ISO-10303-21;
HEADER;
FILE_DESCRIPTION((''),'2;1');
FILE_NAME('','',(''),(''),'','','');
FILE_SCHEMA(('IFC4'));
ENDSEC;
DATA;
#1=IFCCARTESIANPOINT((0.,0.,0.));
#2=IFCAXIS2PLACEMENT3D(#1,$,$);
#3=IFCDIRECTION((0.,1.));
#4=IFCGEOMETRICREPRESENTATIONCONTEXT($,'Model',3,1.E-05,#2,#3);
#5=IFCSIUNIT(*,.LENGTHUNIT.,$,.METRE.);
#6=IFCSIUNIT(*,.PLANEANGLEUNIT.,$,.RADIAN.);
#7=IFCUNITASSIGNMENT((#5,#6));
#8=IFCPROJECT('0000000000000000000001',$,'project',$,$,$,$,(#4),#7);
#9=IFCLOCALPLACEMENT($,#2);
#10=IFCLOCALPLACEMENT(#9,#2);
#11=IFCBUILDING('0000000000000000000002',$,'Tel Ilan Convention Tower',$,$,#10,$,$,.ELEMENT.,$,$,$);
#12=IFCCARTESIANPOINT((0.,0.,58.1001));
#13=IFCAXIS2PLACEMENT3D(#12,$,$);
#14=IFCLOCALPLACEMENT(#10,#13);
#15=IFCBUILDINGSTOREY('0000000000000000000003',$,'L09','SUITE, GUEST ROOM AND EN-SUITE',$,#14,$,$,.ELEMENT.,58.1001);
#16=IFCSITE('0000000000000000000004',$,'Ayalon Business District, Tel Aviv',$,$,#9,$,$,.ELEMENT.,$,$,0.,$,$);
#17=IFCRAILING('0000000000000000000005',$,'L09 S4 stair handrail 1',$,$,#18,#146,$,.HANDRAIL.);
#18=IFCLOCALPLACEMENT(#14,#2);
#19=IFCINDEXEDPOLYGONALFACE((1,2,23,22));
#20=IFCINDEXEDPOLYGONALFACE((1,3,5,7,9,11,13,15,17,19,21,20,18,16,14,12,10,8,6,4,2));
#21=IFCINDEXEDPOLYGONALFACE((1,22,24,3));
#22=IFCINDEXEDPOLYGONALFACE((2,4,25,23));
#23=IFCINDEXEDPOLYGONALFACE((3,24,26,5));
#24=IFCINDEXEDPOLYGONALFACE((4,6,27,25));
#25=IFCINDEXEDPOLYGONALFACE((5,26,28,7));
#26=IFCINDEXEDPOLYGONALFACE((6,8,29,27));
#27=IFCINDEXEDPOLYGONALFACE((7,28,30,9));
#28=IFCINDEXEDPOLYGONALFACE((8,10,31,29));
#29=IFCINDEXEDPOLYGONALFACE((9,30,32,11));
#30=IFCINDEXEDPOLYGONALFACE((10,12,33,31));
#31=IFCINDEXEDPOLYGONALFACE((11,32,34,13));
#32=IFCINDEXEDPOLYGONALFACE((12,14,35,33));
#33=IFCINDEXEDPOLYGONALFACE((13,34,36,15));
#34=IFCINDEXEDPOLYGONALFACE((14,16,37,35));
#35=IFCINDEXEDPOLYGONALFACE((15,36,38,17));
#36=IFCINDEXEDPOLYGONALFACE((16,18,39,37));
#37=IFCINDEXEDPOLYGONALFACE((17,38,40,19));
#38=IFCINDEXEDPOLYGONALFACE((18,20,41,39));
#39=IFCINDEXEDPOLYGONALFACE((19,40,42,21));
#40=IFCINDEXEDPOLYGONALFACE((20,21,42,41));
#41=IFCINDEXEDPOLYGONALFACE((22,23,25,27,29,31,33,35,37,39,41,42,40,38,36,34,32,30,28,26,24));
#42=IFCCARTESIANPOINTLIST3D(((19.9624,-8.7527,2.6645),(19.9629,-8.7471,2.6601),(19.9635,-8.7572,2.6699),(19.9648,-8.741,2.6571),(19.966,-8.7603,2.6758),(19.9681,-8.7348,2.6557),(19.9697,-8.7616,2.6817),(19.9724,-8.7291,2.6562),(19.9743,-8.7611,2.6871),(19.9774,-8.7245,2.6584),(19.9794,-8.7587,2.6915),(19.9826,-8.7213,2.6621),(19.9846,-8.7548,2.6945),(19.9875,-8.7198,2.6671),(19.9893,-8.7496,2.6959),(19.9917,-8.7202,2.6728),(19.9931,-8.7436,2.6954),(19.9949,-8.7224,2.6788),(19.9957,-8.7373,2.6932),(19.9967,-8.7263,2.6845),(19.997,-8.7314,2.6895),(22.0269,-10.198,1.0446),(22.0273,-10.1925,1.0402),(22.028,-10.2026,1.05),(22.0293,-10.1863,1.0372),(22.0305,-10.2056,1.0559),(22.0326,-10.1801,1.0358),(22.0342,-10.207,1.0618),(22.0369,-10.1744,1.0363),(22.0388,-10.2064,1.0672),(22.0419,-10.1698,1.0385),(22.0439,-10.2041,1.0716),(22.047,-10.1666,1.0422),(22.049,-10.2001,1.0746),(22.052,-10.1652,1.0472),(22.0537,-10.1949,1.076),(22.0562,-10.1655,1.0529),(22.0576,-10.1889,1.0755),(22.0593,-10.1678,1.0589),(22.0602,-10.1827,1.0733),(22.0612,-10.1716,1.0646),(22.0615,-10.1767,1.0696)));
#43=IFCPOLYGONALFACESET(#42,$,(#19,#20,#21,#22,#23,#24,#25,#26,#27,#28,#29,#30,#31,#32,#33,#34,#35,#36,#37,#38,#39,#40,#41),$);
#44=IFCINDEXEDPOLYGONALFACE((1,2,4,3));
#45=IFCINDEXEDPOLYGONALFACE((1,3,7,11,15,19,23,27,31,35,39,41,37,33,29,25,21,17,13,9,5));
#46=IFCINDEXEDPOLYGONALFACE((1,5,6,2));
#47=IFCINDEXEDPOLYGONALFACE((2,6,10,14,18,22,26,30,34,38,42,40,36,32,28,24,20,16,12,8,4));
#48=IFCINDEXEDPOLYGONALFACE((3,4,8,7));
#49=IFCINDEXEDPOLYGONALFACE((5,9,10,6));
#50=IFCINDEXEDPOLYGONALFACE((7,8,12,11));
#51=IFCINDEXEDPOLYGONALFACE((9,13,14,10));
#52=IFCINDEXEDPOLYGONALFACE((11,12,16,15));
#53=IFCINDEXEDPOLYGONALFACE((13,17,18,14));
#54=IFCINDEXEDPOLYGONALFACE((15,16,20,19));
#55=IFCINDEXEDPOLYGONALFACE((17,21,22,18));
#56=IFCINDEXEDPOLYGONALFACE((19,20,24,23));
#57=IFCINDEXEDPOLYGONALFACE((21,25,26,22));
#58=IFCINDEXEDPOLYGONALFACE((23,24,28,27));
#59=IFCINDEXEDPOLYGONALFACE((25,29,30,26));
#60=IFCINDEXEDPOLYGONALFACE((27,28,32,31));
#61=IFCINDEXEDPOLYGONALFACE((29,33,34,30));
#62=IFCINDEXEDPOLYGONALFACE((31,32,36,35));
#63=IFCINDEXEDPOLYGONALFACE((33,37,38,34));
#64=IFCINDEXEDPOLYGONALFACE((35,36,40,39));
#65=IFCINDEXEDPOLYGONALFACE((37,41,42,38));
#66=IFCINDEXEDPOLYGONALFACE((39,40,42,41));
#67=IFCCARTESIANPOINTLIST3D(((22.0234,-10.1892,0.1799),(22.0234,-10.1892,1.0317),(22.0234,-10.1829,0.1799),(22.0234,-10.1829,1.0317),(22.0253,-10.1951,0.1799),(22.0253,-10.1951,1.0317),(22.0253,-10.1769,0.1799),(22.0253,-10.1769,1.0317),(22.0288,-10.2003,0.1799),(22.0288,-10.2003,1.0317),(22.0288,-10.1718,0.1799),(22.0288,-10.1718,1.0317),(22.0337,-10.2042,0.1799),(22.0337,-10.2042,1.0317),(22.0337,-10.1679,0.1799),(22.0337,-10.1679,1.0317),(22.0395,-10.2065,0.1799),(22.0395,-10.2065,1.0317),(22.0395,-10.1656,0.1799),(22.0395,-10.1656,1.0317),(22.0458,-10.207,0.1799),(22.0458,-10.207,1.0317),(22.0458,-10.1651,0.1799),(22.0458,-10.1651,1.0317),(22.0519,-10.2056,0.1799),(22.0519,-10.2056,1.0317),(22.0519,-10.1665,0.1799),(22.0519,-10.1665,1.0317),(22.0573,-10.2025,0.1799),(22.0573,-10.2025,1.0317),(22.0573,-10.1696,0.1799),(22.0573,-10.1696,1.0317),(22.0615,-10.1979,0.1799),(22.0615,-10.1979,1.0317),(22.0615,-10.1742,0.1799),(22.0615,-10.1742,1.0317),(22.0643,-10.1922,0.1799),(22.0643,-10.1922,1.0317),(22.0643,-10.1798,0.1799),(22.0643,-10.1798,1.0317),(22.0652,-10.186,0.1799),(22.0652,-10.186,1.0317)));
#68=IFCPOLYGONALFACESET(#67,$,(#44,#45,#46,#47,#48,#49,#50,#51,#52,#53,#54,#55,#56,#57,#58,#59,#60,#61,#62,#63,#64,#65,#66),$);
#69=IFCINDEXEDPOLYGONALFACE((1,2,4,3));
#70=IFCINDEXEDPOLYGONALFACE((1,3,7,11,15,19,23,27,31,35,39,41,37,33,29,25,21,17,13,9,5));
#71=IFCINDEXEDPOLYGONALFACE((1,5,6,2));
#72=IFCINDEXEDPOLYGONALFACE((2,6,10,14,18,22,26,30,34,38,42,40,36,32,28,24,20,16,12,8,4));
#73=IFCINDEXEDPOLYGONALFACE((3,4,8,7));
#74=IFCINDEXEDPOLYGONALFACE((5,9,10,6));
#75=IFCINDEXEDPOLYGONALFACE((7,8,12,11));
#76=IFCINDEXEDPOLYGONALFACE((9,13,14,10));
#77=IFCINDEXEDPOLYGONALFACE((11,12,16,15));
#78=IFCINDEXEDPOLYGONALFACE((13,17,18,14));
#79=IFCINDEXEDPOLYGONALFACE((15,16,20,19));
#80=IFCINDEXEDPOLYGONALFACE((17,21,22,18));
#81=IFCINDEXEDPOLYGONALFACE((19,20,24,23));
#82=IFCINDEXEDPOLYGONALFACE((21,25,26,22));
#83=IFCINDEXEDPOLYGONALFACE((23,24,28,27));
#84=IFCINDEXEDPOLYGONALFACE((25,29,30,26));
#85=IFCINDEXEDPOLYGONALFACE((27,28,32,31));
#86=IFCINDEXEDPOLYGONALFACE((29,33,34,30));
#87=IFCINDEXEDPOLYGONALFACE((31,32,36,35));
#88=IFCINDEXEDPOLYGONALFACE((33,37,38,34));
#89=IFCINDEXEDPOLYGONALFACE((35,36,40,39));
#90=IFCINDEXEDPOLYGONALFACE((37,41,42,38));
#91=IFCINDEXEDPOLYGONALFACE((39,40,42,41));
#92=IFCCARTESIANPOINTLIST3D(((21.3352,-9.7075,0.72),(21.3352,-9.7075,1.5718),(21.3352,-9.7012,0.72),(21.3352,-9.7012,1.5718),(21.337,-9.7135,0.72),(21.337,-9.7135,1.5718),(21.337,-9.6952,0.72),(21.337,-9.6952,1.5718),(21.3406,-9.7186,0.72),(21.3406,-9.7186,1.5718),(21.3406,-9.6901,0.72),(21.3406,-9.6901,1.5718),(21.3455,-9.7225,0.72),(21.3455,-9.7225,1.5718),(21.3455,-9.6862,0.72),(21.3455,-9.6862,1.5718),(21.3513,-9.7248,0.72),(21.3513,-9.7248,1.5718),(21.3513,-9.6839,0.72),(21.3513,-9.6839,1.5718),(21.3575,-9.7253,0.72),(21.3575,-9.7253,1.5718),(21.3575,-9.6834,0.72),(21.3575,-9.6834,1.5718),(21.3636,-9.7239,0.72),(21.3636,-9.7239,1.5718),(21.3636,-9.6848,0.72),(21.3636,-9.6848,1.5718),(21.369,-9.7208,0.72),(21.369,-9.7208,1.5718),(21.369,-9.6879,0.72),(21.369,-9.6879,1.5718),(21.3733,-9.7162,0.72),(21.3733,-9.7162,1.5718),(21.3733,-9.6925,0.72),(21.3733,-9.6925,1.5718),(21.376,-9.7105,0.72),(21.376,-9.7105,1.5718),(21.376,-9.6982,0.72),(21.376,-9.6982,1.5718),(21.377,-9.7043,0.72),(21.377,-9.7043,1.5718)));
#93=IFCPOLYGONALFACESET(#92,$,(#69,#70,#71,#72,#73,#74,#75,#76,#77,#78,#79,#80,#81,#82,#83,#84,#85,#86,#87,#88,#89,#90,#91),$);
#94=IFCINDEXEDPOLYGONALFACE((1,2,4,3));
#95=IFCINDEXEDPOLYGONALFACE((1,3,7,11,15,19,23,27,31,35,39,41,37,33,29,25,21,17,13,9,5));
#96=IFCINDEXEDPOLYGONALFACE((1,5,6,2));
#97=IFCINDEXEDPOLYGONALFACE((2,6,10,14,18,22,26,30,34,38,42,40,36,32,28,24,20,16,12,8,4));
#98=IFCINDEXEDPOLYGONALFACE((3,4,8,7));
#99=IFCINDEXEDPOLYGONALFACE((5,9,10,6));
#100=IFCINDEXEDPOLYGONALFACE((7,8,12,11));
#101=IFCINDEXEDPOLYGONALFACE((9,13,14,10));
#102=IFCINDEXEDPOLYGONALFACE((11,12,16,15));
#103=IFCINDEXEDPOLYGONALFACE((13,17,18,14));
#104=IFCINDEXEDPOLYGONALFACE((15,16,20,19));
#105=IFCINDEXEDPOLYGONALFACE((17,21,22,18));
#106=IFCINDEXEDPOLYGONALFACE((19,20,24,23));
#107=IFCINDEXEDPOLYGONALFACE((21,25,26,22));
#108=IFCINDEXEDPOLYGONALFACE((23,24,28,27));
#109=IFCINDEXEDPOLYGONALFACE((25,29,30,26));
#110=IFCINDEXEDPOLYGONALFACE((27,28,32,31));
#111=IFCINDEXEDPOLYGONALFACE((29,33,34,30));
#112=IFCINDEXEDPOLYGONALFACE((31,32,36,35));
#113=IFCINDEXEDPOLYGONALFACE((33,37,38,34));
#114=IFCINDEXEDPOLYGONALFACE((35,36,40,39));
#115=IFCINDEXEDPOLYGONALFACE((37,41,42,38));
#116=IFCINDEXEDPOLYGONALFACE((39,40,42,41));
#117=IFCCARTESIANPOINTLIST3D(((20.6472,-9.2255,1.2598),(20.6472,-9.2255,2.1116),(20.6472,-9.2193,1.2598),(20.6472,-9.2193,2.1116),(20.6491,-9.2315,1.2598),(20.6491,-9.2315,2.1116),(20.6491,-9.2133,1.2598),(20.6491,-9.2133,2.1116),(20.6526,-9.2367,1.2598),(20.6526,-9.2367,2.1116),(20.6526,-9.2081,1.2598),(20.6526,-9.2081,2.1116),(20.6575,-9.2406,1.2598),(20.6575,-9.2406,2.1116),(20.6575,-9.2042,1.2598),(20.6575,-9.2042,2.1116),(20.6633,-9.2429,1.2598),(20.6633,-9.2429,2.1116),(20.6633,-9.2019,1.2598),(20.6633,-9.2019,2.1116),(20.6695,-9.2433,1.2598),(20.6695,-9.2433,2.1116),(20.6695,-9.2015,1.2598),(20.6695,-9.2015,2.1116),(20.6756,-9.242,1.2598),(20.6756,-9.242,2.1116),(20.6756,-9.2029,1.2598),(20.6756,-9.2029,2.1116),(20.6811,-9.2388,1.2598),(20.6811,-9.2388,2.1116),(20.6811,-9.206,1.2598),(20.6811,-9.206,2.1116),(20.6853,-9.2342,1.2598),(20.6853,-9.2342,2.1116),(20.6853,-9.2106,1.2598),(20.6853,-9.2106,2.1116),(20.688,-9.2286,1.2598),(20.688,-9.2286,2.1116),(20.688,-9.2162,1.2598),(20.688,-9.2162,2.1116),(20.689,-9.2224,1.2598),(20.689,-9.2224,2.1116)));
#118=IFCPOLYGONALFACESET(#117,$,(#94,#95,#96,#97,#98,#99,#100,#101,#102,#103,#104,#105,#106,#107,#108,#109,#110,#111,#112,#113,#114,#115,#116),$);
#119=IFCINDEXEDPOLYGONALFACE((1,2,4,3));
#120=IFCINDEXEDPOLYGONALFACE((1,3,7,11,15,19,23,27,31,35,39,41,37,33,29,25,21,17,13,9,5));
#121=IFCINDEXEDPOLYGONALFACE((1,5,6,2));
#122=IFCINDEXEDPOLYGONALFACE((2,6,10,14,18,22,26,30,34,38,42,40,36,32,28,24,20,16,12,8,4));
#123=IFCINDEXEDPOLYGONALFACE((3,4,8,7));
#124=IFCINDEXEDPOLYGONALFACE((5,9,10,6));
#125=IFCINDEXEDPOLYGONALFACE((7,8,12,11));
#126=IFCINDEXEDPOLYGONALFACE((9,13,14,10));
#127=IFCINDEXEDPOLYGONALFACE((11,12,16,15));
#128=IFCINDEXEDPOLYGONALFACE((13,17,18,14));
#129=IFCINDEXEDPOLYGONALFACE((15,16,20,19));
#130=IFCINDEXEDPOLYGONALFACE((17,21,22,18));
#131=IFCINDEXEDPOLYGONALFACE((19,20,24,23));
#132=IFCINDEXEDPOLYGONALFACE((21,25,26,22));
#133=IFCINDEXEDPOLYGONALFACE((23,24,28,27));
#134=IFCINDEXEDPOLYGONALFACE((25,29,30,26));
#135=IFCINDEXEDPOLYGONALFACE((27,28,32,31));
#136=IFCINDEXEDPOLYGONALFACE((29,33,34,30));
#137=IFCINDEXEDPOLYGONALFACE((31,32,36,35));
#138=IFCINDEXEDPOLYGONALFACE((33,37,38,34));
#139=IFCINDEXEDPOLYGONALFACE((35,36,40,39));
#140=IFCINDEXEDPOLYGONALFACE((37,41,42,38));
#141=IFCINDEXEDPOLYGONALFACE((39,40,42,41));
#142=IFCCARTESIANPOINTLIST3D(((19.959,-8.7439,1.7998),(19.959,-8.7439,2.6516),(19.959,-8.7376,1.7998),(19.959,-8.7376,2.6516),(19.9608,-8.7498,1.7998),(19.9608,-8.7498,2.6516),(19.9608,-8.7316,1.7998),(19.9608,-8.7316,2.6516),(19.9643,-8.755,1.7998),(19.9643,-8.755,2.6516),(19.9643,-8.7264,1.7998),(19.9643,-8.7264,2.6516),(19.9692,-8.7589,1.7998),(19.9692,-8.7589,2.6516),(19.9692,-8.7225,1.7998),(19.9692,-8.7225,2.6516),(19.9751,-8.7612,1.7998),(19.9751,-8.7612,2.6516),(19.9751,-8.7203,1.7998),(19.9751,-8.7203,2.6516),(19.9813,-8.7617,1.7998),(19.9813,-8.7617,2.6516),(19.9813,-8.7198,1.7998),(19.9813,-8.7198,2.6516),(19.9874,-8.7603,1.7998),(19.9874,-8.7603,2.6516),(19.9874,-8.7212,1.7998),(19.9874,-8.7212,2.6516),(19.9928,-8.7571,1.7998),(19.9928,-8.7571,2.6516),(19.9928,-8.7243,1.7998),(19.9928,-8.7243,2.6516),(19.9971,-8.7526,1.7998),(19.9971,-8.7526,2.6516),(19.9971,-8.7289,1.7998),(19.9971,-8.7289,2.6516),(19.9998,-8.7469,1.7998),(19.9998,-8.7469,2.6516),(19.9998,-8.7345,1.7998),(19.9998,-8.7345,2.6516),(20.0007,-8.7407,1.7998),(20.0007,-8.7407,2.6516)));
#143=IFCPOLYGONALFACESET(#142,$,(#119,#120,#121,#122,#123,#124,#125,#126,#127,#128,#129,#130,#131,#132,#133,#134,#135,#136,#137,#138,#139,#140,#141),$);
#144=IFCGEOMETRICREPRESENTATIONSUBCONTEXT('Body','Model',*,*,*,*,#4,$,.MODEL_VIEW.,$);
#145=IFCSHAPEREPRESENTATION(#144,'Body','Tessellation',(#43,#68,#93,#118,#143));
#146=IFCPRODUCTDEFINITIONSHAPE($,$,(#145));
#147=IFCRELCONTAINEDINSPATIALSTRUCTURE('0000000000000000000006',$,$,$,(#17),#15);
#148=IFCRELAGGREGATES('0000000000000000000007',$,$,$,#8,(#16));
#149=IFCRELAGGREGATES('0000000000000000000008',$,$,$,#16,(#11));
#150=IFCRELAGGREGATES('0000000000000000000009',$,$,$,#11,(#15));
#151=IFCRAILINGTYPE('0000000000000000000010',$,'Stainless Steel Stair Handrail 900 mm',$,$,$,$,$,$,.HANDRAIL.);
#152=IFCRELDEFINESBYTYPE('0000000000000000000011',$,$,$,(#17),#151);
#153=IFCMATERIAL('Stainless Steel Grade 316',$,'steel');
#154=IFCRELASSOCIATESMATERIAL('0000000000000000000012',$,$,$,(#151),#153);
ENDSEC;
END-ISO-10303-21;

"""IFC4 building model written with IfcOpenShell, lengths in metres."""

from ifc_helpers import new_model, si_unit, direction, frame, origin, origin_2d, place, context, subcontext, project, spatial, circle, extrude, material, type_object, element, save


model = new_model("IFC4")

# Units and contexts
model_context = context("Model", 3, precision=1e-05, world=origin(), true_north=direction((0.0, 1.0)))
body_context = subcontext(model_context, "Body", "Model", "MODEL_VIEW")
ifc_project = project(units=[si_unit("LENGTHUNIT", "METRE"), si_unit("PLANEANGLEUNIT", "RADIAN")], contexts=[model_context])

# Site, building, storey
site_placement = place(None, origin())
site = spatial("IfcSite", under=ifc_project, at=site_placement, Name="Ayalon Business District, Tel Aviv", CompositionType="ELEMENT", RefElevation=0.0)
building_placement = place(site_placement, origin())
building = spatial("IfcBuilding", under=site, at=building_placement, Name="Tel Ilan Convention Tower", CompositionType="ELEMENT")
storey_placement = place(building_placement, frame((0.0, 0.0, 58.1001)))
storey = spatial("IfcBuildingStorey", under=building, at=storey_placement, Name="L09", Description="SUITE, GUEST ROOM AND EN-SUITE", CompositionType="ELEMENT", Elevation=58.1001)

# Railing
ifc_material_1 = material(Name="Stainless Steel Grade 316", Category="steel")
railing_type_1 = type_object("IfcRailingType", Name="Stainless Steel Stair Handrail 900 mm", PredefinedType="HANDRAIL", material=ifc_material_1)
railing_1_placement = place(storey_placement, frame((22.0442, -10.186, 0.1799)))
element("IfcRailing", 1, at=railing_1_placement, inside=storey, type_object=railing_type_1, Name="L09 S4 stair handrail 1", PredefinedType="HANDRAIL", context=body_context, shape_type="SweptSolid", body=[
    extrude(circle(Radius=0.0239, at=origin_2d()), frame((0.0, 0.0, 0.876), z_axis=(-0.689113, 0.482444, 0.540713), x_axis=(-0.573514, -0.819196, 0.0)), (0.0, 0.0, 1.0), 2.9958),
    extrude(circle(Radius=0.021, at=origin_2d()), origin(), (0.0, 0.0, 1.0), 0.8518),
    extrude(circle(Radius=0.021, at=origin_2d()), frame((-0.6882, 0.4817, 0.54)), (0.0, 0.0, 1.0), 0.8518),
    extrude(circle(Radius=0.021, at=origin_2d()), frame((-1.3762, 0.9636, 1.0798)), (0.0, 0.0, 1.0), 0.8518),
    extrude(circle(Radius=0.021, at=origin_2d()), frame((-2.0645, 1.4453, 1.6199)), (0.0, 0.0, 1.0), 0.8518),
])

save(model, "model.ifc")
